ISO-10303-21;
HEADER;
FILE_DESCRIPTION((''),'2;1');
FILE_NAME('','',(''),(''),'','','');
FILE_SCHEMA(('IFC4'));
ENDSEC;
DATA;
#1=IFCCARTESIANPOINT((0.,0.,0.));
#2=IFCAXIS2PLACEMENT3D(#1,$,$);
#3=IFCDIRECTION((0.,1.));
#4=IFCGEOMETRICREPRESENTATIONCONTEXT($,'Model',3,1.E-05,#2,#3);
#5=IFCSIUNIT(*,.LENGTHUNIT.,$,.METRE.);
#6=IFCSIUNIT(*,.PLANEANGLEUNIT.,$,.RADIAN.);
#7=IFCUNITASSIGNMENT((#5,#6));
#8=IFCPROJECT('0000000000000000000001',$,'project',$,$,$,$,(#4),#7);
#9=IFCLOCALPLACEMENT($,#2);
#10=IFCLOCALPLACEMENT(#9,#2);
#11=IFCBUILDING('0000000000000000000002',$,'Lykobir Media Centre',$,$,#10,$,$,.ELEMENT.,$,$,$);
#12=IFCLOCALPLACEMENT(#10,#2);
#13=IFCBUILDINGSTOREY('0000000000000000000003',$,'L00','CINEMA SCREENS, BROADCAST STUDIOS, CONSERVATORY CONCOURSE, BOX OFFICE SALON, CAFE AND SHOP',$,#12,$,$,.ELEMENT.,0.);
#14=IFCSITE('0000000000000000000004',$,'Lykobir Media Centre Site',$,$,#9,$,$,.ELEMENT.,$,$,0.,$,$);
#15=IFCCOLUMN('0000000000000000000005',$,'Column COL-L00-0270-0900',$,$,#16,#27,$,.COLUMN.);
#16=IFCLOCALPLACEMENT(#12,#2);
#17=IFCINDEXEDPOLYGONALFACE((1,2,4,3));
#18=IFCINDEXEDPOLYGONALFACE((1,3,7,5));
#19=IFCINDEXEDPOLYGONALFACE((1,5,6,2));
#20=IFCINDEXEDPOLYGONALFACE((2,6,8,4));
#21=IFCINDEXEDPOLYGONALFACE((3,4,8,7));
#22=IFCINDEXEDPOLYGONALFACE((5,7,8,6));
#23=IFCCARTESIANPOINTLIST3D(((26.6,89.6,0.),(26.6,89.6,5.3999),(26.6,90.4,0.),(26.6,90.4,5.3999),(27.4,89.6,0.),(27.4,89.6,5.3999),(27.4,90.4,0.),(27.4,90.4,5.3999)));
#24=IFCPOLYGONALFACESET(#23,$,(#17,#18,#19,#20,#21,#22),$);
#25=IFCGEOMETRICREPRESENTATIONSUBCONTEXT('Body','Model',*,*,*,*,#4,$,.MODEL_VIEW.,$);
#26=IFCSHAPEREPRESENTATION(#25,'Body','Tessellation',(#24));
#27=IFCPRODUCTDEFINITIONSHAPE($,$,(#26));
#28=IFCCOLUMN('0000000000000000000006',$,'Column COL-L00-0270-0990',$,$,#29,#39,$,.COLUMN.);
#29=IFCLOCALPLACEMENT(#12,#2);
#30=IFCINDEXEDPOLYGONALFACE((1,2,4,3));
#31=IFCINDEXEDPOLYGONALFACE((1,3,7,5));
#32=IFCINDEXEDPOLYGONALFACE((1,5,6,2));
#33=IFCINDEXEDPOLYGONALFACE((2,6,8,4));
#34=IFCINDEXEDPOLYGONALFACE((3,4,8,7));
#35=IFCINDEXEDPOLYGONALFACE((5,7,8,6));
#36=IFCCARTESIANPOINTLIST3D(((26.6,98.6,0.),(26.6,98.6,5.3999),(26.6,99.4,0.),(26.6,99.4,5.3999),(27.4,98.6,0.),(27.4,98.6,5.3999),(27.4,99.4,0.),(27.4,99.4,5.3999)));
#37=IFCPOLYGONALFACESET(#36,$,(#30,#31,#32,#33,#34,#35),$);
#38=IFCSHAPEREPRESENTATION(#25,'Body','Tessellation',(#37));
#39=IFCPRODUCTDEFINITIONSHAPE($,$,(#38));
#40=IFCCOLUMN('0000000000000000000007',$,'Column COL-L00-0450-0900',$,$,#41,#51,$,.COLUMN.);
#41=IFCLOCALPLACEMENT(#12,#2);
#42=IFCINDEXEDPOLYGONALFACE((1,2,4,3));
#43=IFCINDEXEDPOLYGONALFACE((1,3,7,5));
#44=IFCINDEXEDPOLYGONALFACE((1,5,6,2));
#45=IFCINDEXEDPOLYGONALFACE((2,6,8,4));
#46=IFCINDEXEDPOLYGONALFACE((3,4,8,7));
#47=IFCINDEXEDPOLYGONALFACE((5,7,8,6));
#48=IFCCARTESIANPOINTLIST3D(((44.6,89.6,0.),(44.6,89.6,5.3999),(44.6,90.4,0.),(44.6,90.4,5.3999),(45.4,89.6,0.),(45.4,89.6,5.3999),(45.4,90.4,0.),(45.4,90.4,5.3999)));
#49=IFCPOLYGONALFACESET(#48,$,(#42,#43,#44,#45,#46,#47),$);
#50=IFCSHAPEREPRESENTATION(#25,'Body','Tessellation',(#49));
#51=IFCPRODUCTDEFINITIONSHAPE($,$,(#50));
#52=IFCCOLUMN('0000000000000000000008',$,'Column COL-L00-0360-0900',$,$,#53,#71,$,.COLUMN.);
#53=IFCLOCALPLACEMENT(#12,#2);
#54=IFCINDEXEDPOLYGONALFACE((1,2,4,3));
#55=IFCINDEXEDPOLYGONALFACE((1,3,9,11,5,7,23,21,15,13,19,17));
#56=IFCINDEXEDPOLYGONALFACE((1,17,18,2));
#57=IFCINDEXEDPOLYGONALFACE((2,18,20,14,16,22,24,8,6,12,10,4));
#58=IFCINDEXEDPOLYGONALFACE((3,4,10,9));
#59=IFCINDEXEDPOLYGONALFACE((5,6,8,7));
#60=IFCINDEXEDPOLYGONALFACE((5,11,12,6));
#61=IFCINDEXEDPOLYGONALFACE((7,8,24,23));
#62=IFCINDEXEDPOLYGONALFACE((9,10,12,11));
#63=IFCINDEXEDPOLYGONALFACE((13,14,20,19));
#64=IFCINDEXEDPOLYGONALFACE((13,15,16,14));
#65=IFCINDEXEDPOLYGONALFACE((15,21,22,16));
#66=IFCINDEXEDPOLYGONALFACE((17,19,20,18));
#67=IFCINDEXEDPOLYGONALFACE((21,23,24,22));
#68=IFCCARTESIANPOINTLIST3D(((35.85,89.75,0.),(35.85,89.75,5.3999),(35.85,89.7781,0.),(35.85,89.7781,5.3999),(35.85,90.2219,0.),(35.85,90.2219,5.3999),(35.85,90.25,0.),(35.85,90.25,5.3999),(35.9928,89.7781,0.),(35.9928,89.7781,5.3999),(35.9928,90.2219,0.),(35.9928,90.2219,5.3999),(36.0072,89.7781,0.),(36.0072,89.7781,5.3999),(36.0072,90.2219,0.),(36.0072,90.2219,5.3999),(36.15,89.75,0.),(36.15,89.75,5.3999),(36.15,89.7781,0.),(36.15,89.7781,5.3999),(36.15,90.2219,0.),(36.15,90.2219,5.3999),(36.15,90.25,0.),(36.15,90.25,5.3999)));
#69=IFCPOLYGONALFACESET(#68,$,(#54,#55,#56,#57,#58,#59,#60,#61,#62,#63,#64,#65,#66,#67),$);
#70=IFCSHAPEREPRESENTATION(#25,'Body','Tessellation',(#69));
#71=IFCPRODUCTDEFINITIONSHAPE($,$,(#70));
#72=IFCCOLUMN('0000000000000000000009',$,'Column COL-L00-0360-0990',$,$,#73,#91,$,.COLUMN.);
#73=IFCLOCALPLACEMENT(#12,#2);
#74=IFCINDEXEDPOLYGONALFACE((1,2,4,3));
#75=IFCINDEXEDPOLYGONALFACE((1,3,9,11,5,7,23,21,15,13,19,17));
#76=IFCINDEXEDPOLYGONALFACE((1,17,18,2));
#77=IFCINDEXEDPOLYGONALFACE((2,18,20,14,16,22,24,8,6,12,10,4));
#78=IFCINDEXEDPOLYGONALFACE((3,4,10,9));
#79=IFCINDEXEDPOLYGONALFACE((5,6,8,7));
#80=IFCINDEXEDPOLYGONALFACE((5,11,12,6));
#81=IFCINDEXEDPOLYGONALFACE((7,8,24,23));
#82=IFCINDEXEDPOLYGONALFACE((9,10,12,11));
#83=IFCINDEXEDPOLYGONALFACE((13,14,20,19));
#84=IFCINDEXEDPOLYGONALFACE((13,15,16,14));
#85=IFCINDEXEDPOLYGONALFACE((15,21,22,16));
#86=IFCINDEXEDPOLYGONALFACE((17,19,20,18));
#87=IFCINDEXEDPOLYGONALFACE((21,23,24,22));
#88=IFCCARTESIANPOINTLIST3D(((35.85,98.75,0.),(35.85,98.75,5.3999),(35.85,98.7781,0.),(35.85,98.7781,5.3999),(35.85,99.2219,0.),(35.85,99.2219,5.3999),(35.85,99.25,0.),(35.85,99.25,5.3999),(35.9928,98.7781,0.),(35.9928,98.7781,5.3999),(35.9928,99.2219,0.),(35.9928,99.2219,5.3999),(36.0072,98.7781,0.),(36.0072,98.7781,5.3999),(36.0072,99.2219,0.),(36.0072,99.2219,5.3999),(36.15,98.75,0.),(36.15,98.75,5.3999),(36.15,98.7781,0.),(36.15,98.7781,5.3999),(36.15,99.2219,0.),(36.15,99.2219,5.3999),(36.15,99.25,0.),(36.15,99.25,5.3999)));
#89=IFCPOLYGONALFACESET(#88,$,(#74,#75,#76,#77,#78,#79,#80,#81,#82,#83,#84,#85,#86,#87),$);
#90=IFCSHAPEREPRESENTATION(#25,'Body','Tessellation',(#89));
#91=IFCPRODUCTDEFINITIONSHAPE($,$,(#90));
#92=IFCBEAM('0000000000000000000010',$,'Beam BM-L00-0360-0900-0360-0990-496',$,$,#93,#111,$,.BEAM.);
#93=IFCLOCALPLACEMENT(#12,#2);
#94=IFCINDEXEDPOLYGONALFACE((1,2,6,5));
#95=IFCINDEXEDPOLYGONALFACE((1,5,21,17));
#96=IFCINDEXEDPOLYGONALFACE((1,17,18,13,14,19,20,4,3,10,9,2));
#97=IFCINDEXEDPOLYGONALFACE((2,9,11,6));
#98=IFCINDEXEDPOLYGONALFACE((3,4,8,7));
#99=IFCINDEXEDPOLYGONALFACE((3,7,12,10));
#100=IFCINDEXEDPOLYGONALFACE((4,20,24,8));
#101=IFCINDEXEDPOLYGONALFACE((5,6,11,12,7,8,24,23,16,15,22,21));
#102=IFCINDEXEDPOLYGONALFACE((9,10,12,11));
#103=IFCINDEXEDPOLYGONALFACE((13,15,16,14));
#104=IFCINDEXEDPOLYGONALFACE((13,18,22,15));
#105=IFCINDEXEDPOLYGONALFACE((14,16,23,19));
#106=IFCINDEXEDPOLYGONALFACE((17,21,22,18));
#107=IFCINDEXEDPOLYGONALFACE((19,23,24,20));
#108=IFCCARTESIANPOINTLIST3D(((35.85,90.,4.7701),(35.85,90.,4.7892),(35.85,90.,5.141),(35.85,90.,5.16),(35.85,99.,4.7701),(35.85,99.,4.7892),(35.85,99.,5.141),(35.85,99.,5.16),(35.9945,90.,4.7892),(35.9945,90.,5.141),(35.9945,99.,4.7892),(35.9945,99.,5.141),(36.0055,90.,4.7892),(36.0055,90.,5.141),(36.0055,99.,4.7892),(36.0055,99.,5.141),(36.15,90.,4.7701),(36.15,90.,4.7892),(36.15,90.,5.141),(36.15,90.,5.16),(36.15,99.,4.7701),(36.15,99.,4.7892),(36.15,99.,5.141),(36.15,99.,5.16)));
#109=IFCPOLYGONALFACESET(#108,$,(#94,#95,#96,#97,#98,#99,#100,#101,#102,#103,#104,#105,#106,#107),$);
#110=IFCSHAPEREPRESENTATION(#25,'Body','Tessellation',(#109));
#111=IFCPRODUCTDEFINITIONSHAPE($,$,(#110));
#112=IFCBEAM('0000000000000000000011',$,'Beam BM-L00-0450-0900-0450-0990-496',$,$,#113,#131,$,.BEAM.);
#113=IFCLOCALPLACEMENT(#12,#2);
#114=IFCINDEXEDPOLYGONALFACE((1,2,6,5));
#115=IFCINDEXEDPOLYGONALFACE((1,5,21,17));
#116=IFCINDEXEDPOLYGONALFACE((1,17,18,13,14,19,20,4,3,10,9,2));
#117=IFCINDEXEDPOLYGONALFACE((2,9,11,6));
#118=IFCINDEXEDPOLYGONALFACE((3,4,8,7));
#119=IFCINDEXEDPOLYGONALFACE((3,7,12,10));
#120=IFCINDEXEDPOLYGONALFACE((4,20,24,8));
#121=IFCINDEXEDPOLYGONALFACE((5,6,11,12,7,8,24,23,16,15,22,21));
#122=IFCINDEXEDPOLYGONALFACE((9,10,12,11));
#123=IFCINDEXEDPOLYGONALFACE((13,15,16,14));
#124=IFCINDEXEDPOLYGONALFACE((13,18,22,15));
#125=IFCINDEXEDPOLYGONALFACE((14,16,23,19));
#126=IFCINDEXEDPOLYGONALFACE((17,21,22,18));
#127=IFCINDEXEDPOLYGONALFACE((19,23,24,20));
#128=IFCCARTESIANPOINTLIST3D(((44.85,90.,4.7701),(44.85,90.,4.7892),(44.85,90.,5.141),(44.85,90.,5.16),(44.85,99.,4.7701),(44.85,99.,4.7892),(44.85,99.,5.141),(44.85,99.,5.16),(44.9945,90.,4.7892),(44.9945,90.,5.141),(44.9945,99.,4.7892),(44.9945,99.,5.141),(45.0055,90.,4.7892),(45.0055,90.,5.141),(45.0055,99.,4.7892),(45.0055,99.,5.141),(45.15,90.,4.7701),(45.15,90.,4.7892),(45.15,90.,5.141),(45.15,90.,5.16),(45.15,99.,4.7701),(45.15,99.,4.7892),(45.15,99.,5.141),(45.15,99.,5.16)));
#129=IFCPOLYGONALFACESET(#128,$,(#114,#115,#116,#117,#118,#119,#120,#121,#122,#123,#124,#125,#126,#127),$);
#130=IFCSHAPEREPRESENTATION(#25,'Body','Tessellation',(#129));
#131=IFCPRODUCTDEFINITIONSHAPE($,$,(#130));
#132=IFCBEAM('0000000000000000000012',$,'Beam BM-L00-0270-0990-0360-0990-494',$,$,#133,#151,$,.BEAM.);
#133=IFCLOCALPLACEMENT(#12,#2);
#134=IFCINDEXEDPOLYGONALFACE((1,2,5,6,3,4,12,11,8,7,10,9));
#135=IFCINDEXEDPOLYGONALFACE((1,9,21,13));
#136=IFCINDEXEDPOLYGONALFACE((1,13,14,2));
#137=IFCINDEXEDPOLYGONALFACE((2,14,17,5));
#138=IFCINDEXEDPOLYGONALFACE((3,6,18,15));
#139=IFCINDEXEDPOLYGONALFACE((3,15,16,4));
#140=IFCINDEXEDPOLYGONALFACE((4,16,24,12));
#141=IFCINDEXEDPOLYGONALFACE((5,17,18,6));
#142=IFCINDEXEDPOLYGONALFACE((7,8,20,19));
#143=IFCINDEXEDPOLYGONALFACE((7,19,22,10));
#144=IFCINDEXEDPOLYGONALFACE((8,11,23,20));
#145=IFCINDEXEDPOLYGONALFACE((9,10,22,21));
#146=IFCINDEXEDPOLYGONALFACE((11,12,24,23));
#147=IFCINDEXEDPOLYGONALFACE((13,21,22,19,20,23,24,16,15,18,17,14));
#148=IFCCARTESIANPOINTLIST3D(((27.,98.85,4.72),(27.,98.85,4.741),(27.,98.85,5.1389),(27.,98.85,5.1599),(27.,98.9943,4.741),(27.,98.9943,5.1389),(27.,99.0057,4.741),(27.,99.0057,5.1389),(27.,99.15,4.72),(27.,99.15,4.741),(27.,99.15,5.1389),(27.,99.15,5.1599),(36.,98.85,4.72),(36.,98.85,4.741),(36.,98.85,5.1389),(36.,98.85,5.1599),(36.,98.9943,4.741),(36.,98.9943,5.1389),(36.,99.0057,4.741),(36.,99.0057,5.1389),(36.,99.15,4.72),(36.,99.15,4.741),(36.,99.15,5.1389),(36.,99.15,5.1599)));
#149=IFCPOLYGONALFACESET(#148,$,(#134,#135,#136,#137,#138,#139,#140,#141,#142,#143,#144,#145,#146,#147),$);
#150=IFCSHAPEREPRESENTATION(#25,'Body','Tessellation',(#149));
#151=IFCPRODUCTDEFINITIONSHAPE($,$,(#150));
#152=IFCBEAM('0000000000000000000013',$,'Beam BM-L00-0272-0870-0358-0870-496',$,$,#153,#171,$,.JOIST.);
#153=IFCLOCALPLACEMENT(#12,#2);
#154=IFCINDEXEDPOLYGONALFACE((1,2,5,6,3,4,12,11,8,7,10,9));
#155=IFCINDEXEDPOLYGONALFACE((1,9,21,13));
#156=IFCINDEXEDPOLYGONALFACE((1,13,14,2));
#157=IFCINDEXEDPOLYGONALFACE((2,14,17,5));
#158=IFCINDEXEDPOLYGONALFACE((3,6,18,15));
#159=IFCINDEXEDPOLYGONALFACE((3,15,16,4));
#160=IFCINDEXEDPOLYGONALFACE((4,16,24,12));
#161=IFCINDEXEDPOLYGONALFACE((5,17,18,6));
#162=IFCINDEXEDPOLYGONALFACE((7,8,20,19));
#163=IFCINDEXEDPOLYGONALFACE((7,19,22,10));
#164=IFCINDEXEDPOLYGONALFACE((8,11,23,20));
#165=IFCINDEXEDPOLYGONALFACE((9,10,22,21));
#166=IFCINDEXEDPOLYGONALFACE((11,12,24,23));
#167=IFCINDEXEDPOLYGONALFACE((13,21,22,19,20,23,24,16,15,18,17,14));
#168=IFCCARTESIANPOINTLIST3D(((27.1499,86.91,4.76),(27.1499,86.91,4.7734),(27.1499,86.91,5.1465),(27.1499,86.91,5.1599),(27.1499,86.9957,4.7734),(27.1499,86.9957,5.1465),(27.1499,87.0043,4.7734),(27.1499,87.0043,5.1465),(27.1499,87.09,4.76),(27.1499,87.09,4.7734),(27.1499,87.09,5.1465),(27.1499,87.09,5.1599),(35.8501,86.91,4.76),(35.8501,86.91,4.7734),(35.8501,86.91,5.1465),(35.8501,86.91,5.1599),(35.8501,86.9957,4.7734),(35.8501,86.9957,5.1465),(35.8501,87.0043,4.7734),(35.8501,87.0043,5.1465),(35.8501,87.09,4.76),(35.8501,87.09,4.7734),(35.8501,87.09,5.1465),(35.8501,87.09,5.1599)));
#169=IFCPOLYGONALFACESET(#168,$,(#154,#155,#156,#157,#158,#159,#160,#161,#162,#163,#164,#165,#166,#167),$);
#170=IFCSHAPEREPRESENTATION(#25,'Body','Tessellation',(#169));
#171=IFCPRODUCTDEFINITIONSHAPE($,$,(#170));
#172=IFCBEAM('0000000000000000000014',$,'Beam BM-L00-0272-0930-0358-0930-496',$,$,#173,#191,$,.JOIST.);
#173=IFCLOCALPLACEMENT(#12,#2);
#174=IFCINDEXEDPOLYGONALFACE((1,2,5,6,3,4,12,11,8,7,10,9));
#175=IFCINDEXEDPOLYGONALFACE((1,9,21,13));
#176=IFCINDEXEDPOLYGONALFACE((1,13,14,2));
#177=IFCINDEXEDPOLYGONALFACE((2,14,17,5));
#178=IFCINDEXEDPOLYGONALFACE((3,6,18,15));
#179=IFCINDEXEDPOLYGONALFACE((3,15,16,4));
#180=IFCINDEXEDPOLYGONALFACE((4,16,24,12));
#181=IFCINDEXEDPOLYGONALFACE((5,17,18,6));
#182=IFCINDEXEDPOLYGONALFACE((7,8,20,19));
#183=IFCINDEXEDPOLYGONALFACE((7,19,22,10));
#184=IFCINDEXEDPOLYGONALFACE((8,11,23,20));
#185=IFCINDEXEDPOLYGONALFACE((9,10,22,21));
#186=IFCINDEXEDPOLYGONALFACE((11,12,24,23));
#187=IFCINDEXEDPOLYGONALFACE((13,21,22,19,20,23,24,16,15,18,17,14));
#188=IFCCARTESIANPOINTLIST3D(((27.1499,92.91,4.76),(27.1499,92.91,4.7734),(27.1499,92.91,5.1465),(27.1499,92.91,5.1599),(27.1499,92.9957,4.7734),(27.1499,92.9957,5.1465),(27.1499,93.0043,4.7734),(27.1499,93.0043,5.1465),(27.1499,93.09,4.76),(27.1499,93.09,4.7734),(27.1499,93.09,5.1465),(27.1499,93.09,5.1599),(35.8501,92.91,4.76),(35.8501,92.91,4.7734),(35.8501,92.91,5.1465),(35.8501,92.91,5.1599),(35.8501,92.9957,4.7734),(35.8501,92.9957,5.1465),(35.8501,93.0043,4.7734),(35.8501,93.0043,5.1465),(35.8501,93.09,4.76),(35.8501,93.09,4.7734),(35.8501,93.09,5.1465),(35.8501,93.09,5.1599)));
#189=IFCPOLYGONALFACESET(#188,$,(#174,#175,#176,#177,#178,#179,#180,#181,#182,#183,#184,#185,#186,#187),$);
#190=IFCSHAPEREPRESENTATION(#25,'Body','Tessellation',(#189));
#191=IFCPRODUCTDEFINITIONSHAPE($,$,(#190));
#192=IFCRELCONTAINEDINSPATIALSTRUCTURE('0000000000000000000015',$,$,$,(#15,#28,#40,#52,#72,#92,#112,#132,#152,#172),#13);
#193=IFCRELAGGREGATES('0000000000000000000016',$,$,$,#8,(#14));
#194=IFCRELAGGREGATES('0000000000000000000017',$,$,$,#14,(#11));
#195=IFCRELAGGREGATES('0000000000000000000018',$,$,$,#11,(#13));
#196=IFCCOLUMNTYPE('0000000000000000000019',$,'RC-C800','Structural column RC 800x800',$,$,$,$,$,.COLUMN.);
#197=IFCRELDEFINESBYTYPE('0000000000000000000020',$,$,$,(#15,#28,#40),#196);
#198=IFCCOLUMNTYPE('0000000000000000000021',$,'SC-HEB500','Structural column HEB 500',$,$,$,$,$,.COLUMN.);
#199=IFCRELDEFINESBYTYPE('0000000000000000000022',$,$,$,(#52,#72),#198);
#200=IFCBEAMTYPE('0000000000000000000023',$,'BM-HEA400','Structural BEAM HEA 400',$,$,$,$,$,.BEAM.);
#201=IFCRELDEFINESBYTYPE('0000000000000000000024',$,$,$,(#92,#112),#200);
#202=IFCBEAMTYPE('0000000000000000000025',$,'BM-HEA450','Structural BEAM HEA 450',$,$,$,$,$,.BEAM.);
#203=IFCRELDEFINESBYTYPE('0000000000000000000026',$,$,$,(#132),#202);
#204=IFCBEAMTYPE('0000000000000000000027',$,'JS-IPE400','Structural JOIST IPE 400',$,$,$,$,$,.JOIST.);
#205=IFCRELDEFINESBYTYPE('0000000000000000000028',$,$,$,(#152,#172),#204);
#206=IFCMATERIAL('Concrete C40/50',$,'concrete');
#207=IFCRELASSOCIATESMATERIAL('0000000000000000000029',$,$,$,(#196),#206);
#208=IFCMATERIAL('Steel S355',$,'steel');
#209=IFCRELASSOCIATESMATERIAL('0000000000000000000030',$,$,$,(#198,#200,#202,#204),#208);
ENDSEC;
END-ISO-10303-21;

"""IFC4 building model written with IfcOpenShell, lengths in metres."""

from ifc_helpers import new_model, si_unit, direction, frame, origin, origin_2d, place, context, subcontext, project, spatial, rectangle, i_section, extrude, material, material_profile, profile_set, type_object, element, save


model = new_model("IFC4")

# Units and contexts
model_context = context("Model", 3, precision=1e-05, world=origin(), true_north=direction((0.0, 1.0)))
body_context = subcontext(model_context, "Body", "Model", "MODEL_VIEW")
ifc_project = project(units=[si_unit("LENGTHUNIT", "METRE"), si_unit("PLANEANGLEUNIT", "RADIAN")], contexts=[model_context])

# Site, building, storey
site_placement = place(None, origin())
site = spatial("IfcSite", under=ifc_project, at=site_placement, Name="Lykobir Media Centre Site", CompositionType="ELEMENT", RefElevation=0.0)
building_placement = place(site_placement, origin())
building = spatial("IfcBuilding", under=site, at=building_placement, Name="Lykobir Media Centre", CompositionType="ELEMENT")
storey_placement = place(building_placement, origin())
storey = spatial("IfcBuildingStorey", under=building, at=storey_placement, Name="L00", Description="CINEMA SCREENS, BROADCAST STUDIOS, CONSERVATORY CONCOURSE, BOX OFFICE SALON, CAFE AND SHOP", CompositionType="ELEMENT", Elevation=0.0)

# Columns
ifc_material_1 = material(Name="Concrete C40/50", Category="concrete")
ifc_material_profile_1 = material_profile(ifc_material_1, rectangle(XDim=0.8, YDim=0.8, at=origin_2d()), Name="RC 800x800")
ifc_profile_set_1 = profile_set([ifc_material_profile_1], Name="Concrete C40/50")
column_type_1 = type_object("IfcColumnType", Name="RC-C800", Description="Structural column RC 800x800", PredefinedType="COLUMN", material=ifc_profile_set_1)
for number, where, z_axis, x_axis, name in (
    (1, (27.0, 90.0, 0.0), (0.0, 0.0, 1.0), (1.0, 0.0, 0.0), "Column COL-L00-0270-0900"),
    (2, (27.0, 99.0, 0.0), (0.0, 0.0, 1.0), (1.0, 0.0, 0.0), "Column COL-L00-0270-0990"),
    (3, (45.0, 90.0, 0.0), (0.0, 0.0, 1.0), (1.0, 0.0, 0.0), "Column COL-L00-0450-0900"),
):
    element("IfcColumn", number, at=place(storey_placement, frame(where, z_axis=z_axis, x_axis=x_axis)), inside=storey, type_object=column_type_1, Name=name, PredefinedType="COLUMN", context=body_context, shape_type="SweptSolid", body=[
        extrude(rectangle(XDim=0.8, YDim=0.8, at=origin_2d()), origin(), (0.0, 0.0, 1.0), 5.3999),
    ])
ifc_material_2 = material(Name="Steel S355", Category="steel")
ifc_material_profile_2 = material_profile(ifc_material_2, i_section(OverallWidth=0.3, OverallDepth=0.5, WebThickness=0.0144, FlangeThickness=0.0281, at=origin_2d()), Name="HEB 500")
ifc_profile_set_2 = profile_set([ifc_material_profile_2], Name="Steel S355")
column_type_2 = type_object("IfcColumnType", Name="SC-HEB500", Description="Structural column HEB 500", PredefinedType="COLUMN", material=ifc_profile_set_2)
for number, where, z_axis, x_axis, name in (
    (4, (36.0, 90.0, 0.0), (0.0, 0.0, 1.0), (1.0, 0.0, 0.0), "Column COL-L00-0360-0900"),
    (5, (36.0, 99.0, 0.0), (0.0, 0.0, 1.0), (1.0, 0.0, 0.0), "Column COL-L00-0360-0990"),
):
    element("IfcColumn", number, at=place(storey_placement, frame(where, z_axis=z_axis, x_axis=x_axis)), inside=storey, type_object=column_type_2, Name=name, PredefinedType="COLUMN", context=body_context, shape_type="SweptSolid", body=[
        extrude(i_section(OverallWidth=0.3, OverallDepth=0.5, WebThickness=0.0144, FlangeThickness=0.0281, at=origin_2d()), origin(), (0.0, 0.0, 1.0), 5.3999),
    ])

# Beams
ifc_material_profile_3 = material_profile(ifc_material_2, i_section(OverallWidth=0.3, OverallDepth=0.3899, WebThickness=0.011, FlangeThickness=0.019, at=origin_2d()), Name="HEA 400")
ifc_profile_set_3 = profile_set([ifc_material_profile_3], Name="Steel S355")
beam_type_1 = type_object("IfcBeamType", Name="BM-HEA400", Description="Structural BEAM HEA 400", PredefinedType="BEAM", material=ifc_profile_set_3)
for number, where, z_axis, x_axis, name in (
    (6, (36.0, 90.0, 4.9651), (0.0, 1.0, 0.0), (-1.0, 0.0, 0.0), "Beam BM-L00-0360-0900-0360-0990-496"),
    (7, (45.0, 90.0, 4.9651), (0.0, 1.0, 0.0), (-1.0, 0.0, 0.0), "Beam BM-L00-0450-0900-0450-0990-496"),
):
    element("IfcBeam", number, at=place(storey_placement, frame(where, z_axis=z_axis, x_axis=x_axis)), inside=storey, type_object=beam_type_1, Name=name, PredefinedType="BEAM", context=body_context, shape_type="SweptSolid", body=[
        extrude(i_section(OverallWidth=0.3, OverallDepth=0.3899, WebThickness=0.011, FlangeThickness=0.019, at=origin_2d()), origin(), (0.0, 0.0, 1.0), 9.0),
    ])
ifc_material_profile_4 = material_profile(ifc_material_2, i_section(OverallWidth=0.3, OverallDepth=0.4399, WebThickness=0.0115, FlangeThickness=0.021, at=origin_2d()), Name="HEA 450")
ifc_profile_set_4 = profile_set([ifc_material_profile_4], Name="Steel S355")
beam_type_2 = type_object("IfcBeamType", Name="BM-HEA450", Description="Structural BEAM HEA 450", PredefinedType="BEAM", material=ifc_profile_set_4)
beam_placement = place(storey_placement, frame((27.0, 99.0, 4.9399), z_axis=(1.0, 0.0, 0.0), x_axis=(0.0, 1.0, 0.0)))
element("IfcBeam", 8, at=beam_placement, inside=storey, type_object=beam_type_2, Name="Beam BM-L00-0270-0990-0360-0990-494", PredefinedType="BEAM", context=body_context, shape_type="SweptSolid", body=[
    extrude(i_section(OverallWidth=0.3, OverallDepth=0.4399, WebThickness=0.0115, FlangeThickness=0.021, at=origin_2d()), origin(), (0.0, 0.0, 1.0), 9.0),
])
ifc_material_profile_5 = material_profile(ifc_material_2, i_section(OverallWidth=0.1799, OverallDepth=0.3999, WebThickness=0.0085, FlangeThickness=0.0134, at=origin_2d()), Name="IPE 400")
ifc_profile_set_5 = profile_set([ifc_material_profile_5], Name="Steel S355")
beam_type_3 = type_object("IfcBeamType", Name="JS-IPE400", Description="Structural JOIST IPE 400", PredefinedType="JOIST", material=ifc_profile_set_5)
for number, where, z_axis, x_axis, name in (
    (9, (27.1499, 87.0, 4.96), (1.0, 0.0, 0.0), (0.0, 1.0, 0.0), "Beam BM-L00-0272-0870-0358-0870-496"),
    (10, (27.1499, 93.0, 4.96), (1.0, 0.0, 0.0), (0.0, 1.0, 0.0), "Beam BM-L00-0272-0930-0358-0930-496"),
):
    element("IfcBeam", number, at=place(storey_placement, frame(where, z_axis=z_axis, x_axis=x_axis)), inside=storey, type_object=beam_type_3, Name=name, PredefinedType="JOIST", context=body_context, shape_type="SweptSolid", body=[
        extrude(i_section(OverallWidth=0.1799, OverallDepth=0.3999, WebThickness=0.0085, FlangeThickness=0.0134, at=origin_2d()), origin(), (0.0, 0.0, 1.0), 8.7002),
    ])

save(model, "model.ifc")
